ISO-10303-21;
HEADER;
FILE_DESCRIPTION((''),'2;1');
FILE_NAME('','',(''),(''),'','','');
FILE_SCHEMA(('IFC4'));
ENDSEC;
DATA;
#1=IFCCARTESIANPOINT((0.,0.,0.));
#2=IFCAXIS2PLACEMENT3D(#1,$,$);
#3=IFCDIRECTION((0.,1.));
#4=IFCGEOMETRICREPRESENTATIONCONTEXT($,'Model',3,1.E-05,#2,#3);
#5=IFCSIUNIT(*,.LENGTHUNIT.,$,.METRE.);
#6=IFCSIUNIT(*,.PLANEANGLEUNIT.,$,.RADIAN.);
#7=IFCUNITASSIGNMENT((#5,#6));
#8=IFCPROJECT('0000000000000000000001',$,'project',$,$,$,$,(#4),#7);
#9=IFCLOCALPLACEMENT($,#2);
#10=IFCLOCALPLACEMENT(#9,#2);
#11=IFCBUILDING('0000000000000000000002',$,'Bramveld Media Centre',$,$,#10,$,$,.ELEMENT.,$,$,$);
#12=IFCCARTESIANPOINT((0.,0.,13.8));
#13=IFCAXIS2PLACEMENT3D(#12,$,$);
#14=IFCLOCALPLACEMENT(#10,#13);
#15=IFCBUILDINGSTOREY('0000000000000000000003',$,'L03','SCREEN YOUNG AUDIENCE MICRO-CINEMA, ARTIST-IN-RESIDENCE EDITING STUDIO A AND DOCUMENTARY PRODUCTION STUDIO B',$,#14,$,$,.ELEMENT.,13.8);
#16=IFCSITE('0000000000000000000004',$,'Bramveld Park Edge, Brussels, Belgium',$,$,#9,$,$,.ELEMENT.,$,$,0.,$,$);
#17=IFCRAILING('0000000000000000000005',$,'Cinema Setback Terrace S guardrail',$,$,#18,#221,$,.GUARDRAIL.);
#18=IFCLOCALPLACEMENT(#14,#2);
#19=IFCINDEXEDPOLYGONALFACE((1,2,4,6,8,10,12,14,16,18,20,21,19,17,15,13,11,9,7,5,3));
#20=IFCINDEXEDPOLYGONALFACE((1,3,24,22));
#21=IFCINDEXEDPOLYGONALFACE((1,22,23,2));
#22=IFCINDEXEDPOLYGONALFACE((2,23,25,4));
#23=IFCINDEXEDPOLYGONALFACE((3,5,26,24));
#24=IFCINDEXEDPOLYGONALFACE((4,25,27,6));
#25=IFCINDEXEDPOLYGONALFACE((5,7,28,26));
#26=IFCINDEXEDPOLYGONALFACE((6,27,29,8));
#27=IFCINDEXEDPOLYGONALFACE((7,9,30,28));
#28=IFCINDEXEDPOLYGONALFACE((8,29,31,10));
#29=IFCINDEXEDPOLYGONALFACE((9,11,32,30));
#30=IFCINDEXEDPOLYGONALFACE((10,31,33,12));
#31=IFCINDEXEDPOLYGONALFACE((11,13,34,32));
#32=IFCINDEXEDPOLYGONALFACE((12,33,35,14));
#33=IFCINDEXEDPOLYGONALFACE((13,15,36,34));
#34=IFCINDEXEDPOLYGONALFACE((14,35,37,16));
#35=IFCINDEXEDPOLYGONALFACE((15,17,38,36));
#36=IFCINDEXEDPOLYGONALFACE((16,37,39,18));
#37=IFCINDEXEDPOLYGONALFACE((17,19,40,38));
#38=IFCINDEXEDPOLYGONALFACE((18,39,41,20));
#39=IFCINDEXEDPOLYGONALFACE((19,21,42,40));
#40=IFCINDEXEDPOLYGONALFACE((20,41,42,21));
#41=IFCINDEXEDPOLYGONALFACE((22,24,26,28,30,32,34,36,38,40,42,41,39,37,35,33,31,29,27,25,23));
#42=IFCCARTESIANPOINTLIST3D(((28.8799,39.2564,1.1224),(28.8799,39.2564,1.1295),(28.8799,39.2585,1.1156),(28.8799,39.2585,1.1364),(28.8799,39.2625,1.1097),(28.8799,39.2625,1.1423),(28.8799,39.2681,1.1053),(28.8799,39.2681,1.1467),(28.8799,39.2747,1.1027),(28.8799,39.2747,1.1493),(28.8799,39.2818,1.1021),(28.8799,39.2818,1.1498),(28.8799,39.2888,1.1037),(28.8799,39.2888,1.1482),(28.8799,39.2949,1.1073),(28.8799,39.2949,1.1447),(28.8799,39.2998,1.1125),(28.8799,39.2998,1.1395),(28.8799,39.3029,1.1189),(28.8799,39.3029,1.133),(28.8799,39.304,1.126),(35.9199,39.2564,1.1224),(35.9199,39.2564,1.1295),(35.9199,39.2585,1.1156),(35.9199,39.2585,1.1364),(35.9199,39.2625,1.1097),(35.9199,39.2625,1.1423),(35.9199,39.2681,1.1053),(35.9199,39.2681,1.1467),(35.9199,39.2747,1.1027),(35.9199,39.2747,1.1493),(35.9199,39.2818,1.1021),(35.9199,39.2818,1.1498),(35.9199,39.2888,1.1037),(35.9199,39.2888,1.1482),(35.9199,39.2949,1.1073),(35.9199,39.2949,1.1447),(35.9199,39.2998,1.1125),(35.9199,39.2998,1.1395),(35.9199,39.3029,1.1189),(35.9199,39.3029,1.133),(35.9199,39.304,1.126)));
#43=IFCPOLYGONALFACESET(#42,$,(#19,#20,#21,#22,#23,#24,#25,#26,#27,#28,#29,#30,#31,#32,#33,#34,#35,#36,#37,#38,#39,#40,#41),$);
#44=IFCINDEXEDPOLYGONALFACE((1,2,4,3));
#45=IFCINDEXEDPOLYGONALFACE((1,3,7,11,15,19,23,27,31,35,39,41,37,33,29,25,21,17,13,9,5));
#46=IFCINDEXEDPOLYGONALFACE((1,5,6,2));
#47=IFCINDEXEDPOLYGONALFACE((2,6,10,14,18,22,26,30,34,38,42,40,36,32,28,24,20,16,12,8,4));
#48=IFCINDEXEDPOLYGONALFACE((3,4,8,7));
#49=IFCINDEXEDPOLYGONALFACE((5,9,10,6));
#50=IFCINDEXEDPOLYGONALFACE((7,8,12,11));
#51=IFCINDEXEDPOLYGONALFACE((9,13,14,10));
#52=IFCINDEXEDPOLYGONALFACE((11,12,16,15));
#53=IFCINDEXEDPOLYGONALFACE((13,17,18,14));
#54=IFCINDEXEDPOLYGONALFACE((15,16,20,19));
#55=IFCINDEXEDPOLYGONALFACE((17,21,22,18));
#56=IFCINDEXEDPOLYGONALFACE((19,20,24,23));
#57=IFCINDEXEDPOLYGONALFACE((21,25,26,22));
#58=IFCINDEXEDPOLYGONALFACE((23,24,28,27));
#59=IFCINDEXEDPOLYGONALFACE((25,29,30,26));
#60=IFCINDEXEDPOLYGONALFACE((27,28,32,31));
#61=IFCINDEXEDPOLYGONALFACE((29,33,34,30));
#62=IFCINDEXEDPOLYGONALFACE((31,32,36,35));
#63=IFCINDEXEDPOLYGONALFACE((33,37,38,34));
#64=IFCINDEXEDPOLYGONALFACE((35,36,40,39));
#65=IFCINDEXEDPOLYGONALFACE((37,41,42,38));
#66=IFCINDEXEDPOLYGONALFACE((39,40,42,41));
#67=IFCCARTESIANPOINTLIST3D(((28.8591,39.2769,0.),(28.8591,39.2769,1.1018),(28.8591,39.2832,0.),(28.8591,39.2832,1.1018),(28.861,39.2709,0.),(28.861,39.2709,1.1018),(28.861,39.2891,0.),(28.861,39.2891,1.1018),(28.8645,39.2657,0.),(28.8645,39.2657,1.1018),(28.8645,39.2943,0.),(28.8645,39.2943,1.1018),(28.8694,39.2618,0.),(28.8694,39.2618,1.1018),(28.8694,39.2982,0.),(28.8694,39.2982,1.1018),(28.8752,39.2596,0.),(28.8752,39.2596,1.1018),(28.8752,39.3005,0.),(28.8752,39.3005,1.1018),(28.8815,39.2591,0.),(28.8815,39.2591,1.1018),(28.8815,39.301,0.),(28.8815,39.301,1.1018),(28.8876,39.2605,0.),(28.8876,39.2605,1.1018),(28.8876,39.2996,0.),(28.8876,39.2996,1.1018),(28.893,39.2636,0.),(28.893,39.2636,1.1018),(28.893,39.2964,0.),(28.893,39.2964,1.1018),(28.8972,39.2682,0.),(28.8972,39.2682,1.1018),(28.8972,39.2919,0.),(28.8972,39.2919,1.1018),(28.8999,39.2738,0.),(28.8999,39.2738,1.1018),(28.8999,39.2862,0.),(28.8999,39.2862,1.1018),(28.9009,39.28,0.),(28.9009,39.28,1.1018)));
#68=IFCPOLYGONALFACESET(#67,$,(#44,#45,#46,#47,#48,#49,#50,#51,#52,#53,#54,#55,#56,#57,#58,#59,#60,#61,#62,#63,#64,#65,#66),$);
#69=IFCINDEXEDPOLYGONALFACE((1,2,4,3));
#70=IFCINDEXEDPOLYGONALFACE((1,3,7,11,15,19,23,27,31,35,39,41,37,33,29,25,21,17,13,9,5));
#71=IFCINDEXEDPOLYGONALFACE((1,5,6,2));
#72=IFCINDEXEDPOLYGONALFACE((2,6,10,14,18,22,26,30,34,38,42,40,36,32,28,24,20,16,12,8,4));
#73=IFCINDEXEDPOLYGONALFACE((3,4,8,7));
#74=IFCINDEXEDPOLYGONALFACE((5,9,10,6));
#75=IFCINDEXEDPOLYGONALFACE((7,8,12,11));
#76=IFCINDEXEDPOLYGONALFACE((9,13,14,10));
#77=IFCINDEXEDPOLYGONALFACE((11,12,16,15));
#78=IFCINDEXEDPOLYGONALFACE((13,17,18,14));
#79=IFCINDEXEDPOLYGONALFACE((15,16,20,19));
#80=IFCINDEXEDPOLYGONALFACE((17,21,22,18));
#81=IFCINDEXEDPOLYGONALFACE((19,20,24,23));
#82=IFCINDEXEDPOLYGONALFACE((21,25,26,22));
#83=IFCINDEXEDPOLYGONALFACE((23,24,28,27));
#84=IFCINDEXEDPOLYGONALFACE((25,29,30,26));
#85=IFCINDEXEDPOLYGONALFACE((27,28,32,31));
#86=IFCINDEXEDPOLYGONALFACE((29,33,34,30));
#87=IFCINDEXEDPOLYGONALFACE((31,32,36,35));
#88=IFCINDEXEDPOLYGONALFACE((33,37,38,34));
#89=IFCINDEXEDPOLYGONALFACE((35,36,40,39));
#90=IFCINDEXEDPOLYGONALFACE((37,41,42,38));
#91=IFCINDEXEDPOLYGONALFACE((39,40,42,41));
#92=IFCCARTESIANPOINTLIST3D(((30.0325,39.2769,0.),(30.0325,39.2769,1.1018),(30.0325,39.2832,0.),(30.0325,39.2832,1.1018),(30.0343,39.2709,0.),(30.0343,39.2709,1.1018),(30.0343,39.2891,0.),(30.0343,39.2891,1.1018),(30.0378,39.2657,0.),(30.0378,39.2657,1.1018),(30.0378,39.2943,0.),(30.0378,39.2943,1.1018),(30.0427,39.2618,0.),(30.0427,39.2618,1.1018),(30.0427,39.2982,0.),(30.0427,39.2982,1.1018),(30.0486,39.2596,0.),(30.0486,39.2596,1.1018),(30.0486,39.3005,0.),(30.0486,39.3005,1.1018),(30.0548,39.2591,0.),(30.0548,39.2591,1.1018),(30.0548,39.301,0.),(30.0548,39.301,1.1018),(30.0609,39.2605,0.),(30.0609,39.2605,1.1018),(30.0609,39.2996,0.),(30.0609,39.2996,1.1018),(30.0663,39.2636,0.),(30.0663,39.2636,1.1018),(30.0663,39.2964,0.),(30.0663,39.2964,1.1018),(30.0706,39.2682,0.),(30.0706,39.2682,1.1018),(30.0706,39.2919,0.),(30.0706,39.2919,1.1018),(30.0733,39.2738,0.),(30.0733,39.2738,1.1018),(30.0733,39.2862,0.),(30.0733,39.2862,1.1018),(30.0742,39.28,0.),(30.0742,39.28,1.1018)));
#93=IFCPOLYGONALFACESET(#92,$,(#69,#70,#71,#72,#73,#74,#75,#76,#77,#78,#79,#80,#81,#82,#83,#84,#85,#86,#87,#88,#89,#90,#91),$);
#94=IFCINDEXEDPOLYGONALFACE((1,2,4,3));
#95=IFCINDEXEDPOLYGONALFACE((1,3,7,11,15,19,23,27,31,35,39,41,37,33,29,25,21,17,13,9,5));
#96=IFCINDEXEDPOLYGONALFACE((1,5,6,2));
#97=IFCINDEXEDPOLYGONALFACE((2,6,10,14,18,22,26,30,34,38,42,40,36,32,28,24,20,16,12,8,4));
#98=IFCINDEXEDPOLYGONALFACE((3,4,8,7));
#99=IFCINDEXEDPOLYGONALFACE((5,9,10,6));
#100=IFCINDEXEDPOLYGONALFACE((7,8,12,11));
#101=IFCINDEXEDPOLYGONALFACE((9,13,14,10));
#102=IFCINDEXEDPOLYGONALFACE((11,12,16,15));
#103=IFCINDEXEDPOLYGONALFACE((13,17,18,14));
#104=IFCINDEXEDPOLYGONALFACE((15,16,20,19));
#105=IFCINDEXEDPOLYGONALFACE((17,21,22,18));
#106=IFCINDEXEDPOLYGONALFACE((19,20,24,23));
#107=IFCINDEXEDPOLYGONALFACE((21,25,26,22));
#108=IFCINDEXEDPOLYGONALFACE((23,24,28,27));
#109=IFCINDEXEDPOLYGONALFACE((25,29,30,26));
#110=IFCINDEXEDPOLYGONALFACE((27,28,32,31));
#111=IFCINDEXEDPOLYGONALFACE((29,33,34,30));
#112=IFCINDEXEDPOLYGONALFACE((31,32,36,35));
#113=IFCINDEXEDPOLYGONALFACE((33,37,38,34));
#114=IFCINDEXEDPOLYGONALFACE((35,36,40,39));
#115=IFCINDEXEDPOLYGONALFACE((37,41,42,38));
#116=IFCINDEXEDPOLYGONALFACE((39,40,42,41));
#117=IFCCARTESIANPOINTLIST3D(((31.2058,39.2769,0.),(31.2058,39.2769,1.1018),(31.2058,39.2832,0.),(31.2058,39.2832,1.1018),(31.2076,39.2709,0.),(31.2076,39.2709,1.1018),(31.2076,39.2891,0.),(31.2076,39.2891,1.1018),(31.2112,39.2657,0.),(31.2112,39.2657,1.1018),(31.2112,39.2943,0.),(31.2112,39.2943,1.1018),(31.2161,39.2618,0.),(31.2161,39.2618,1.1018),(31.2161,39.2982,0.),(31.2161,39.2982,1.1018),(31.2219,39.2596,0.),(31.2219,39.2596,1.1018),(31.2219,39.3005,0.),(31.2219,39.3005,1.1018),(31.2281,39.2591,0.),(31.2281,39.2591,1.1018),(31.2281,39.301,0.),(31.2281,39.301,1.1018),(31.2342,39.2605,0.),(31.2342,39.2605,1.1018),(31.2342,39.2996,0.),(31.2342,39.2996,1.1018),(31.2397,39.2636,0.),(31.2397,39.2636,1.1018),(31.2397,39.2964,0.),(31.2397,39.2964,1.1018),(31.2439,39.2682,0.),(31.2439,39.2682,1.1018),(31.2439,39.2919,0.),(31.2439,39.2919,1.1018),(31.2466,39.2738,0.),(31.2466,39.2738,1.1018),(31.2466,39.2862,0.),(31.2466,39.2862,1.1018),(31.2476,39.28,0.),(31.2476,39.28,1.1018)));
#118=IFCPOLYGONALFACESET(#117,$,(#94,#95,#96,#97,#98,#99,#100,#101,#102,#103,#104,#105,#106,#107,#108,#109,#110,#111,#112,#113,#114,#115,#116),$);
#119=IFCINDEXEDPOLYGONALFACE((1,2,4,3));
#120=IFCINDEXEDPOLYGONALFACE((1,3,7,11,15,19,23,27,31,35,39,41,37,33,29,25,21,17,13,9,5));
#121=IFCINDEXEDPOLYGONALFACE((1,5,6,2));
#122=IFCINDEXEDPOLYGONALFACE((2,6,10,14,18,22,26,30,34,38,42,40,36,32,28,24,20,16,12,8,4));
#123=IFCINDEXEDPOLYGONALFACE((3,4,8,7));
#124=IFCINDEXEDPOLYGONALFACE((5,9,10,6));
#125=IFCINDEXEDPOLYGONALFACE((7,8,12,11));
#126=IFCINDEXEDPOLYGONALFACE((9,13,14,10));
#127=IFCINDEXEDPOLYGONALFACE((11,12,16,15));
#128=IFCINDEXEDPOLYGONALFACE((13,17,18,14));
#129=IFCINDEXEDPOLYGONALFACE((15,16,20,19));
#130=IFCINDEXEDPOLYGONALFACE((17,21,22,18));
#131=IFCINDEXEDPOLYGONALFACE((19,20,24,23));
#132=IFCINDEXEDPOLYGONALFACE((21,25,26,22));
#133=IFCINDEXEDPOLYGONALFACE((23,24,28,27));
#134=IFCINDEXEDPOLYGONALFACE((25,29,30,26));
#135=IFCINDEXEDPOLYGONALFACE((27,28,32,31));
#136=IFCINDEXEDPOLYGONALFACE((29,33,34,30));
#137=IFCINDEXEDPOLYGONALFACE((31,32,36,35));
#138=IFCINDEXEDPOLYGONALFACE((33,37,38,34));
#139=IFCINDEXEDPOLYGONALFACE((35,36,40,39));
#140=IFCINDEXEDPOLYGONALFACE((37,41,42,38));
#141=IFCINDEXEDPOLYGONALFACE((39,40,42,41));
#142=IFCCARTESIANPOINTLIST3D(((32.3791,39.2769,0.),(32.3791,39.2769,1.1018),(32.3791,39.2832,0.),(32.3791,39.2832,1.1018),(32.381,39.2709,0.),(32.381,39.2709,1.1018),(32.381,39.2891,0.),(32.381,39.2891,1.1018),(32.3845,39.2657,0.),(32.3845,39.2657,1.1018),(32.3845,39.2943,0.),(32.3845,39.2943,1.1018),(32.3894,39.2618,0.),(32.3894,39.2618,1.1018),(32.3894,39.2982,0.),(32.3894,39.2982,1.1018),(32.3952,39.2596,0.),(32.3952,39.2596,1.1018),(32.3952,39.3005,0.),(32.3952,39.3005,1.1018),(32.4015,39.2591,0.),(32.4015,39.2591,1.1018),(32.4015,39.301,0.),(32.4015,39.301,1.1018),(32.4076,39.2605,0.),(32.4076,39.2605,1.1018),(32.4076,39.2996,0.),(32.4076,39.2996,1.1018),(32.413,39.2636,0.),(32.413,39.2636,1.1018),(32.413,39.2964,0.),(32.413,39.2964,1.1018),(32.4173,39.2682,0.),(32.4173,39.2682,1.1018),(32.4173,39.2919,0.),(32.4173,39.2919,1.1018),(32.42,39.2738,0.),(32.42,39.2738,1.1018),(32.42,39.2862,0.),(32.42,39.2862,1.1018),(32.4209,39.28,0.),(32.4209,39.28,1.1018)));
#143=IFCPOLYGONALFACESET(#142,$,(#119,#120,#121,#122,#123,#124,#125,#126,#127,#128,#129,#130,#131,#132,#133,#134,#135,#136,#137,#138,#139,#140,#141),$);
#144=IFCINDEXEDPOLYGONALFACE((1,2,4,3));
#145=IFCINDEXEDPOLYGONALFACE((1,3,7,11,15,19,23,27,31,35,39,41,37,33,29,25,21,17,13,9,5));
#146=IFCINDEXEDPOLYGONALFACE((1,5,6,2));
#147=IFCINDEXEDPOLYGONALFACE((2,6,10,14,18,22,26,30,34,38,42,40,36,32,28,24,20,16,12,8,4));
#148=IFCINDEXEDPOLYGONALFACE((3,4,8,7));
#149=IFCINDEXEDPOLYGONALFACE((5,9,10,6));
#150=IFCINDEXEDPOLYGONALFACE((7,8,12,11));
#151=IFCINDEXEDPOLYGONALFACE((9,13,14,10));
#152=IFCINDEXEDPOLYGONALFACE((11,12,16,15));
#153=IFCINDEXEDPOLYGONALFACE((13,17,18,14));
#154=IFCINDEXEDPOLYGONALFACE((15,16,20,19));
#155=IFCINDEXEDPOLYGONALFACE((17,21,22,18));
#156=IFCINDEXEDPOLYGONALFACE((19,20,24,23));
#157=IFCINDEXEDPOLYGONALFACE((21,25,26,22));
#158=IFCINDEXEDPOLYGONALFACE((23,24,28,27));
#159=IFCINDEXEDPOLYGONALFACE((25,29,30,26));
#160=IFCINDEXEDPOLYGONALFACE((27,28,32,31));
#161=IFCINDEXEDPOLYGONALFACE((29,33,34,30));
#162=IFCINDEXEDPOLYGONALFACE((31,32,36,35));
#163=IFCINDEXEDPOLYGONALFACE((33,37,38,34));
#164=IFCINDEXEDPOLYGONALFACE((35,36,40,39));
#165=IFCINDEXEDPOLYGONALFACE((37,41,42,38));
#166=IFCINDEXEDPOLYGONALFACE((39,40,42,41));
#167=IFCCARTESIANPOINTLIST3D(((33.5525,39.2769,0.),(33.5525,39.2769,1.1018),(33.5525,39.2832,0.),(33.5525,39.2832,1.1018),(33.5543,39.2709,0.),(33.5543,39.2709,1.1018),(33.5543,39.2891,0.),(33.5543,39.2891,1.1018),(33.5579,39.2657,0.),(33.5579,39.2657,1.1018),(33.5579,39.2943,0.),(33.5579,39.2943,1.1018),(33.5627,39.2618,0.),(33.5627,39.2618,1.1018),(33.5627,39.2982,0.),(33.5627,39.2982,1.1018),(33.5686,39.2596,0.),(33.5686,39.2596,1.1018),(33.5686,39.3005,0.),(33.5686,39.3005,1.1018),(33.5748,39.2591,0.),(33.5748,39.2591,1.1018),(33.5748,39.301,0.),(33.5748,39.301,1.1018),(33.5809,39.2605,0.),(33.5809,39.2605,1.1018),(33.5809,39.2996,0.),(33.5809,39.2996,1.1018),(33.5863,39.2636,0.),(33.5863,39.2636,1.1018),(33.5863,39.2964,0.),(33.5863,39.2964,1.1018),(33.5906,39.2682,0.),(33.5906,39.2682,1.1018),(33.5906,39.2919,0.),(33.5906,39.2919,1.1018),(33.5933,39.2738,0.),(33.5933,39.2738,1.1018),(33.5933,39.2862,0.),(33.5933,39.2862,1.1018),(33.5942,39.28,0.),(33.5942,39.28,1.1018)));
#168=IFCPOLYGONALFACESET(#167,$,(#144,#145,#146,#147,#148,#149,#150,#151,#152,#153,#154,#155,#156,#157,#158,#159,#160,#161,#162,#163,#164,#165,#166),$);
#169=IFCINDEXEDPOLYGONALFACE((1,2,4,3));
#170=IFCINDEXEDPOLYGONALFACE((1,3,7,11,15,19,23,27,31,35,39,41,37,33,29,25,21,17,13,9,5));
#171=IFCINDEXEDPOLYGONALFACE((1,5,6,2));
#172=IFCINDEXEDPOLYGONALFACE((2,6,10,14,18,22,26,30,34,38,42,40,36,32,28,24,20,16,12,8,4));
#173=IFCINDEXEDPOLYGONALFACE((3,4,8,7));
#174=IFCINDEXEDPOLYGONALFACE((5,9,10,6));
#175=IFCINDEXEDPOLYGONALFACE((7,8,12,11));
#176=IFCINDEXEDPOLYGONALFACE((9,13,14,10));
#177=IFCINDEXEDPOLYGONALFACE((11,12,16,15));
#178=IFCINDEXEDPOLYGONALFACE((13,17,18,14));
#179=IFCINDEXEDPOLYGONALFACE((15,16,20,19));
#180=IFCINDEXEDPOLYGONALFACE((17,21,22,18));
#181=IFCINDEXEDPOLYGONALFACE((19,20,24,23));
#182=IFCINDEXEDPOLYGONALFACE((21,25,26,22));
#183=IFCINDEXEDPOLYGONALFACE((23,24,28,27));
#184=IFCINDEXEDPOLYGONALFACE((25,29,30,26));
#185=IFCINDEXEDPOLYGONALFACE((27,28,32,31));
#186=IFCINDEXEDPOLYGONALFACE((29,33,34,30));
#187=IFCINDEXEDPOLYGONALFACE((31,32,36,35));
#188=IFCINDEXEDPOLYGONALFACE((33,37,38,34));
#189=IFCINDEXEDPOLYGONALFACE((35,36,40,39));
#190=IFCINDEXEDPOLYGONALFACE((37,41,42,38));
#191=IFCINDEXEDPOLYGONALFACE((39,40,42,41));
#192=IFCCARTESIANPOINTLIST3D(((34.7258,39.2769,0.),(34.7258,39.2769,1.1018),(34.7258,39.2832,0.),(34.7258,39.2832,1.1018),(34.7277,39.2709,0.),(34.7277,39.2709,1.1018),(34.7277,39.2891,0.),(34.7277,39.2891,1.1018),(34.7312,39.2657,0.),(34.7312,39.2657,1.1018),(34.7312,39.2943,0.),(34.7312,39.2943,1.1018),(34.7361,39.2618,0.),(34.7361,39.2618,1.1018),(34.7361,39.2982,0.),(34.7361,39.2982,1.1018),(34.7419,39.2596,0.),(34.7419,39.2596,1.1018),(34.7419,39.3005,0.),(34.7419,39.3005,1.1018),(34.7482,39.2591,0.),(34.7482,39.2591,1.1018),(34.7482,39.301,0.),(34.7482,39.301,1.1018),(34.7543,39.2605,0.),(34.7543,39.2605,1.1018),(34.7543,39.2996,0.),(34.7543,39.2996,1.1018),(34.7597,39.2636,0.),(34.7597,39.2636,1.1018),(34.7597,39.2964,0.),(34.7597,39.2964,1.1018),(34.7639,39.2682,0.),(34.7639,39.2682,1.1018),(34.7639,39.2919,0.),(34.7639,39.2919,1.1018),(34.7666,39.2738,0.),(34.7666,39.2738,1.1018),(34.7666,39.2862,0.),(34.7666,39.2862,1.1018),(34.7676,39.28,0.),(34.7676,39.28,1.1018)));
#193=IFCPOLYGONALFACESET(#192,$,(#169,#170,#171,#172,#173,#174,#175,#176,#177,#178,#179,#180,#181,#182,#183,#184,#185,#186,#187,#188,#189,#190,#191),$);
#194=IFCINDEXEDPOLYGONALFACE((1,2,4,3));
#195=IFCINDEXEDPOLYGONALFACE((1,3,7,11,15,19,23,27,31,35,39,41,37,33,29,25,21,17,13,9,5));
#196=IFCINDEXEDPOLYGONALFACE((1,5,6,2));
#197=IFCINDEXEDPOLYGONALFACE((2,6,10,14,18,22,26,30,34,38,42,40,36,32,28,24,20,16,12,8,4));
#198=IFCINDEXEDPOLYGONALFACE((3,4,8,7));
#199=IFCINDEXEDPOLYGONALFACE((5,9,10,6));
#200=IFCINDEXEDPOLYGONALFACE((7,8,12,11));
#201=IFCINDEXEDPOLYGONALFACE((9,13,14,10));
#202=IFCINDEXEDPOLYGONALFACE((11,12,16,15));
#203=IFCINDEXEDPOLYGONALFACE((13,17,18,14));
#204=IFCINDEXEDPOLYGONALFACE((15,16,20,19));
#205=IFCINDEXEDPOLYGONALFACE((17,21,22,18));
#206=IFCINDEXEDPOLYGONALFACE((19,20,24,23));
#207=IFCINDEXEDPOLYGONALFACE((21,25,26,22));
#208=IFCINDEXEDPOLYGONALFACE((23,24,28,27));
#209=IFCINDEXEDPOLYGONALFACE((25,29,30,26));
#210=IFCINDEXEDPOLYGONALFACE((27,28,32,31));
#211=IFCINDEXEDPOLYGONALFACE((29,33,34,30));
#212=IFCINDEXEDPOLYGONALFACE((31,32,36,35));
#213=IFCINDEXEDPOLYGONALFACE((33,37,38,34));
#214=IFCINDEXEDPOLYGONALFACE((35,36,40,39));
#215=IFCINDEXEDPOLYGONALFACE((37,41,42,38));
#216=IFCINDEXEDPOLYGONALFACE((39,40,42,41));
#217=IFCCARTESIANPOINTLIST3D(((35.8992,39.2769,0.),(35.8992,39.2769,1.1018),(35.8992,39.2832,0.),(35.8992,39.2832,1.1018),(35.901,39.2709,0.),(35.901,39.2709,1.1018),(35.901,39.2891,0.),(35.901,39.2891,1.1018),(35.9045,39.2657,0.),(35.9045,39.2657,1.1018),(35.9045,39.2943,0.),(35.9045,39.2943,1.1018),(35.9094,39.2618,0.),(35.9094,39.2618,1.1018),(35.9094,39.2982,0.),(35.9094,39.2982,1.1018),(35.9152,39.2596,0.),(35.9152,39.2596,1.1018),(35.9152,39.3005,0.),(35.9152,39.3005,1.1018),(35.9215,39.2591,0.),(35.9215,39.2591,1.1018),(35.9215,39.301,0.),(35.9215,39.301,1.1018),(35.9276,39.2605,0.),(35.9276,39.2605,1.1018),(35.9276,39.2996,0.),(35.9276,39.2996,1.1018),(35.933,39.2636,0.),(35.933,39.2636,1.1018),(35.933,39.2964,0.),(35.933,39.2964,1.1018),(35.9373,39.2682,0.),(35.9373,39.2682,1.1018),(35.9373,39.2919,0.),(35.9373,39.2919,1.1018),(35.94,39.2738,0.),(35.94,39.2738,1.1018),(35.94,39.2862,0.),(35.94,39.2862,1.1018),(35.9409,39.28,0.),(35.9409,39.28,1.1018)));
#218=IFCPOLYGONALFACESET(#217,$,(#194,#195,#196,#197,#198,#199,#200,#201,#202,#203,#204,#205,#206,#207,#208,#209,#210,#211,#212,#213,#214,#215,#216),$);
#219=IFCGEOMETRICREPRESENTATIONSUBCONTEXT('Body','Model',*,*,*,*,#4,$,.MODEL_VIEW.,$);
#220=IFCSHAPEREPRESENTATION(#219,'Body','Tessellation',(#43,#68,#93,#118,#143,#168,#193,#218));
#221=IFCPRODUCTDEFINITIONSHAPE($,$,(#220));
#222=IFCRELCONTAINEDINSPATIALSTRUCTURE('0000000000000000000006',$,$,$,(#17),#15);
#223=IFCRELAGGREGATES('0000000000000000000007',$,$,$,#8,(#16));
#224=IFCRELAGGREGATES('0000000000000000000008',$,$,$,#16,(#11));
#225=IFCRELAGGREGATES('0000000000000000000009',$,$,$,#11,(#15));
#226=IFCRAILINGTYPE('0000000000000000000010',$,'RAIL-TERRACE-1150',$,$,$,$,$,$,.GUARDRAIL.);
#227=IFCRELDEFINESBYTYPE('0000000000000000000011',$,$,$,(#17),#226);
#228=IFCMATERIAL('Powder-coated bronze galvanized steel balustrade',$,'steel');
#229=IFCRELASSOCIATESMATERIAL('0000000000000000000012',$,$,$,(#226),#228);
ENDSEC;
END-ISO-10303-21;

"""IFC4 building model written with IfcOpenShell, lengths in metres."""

from ifc_helpers import new_model, si_unit, direction, frame, origin, origin_2d, place, context, subcontext, project, spatial, circle, extrude, material, type_object, element, save


model = new_model("IFC4")

# Units and contexts
model_context = context("Model", 3, precision=1e-05, world=origin(), true_north=direction((0.0, 1.0)))
body_context = subcontext(model_context, "Body", "Model", "MODEL_VIEW")
ifc_project = project(units=[si_unit("LENGTHUNIT", "METRE"), si_unit("PLANEANGLEUNIT", "RADIAN")], contexts=[model_context])

# Site, building, storey
site_placement = place(None, origin())
site = spatial("IfcSite", under=ifc_project, at=site_placement, Name="Bramveld Park Edge, Brussels, Belgium", CompositionType="ELEMENT", RefElevation=0.0)
building_placement = place(site_placement, origin())
building = spatial("IfcBuilding", under=site, at=building_placement, Name="Bramveld Media Centre", CompositionType="ELEMENT")
storey_placement = place(building_placement, frame((0.0, 0.0, 13.8)))
storey = spatial("IfcBuildingStorey", under=building, at=storey_placement, Name="L03", Description="SCREEN YOUNG AUDIENCE MICRO-CINEMA, ARTIST-IN-RESIDENCE EDITING STUDIO A AND DOCUMENTARY PRODUCTION STUDIO B", CompositionType="ELEMENT", Elevation=13.8)

# Railing
ifc_material_1 = material(Name="Powder-coated bronze galvanized steel balustrade", Category="steel")
railing_type = type_object("IfcRailingType", Name="RAIL-TERRACE-1150", PredefinedType="GUARDRAIL", material=ifc_material_1)
railing_1_placement = place(storey_placement, frame((28.8799, 39.28, 0.0)))
element("IfcRailing", 1, at=railing_1_placement, inside=storey, type_object=railing_type, Name="Cinema Setback Terrace S guardrail", PredefinedType="GUARDRAIL", context=body_context, shape_type="SweptSolid", body=[
    extrude(circle(Radius=0.0239, at=origin_2d()), frame((0.0, 0.0, 1.126), z_axis=(1.0, 0.0, 0.0), x_axis=(0.0, 1.0, 0.0)), (0.0, 0.0, 1.0), 7.04),
    extrude(circle(Radius=0.021, at=origin_2d()), origin(), (0.0, 0.0, 1.0), 1.1018),
    extrude(circle(Radius=0.021, at=origin_2d()), frame((1.1733, 0.0, 0.0)), (0.0, 0.0, 1.0), 1.1018),
    extrude(circle(Radius=0.021, at=origin_2d()), frame((2.3467, 0.0, 0.0)), (0.0, 0.0, 1.0), 1.1018),
    extrude(circle(Radius=0.021, at=origin_2d()), frame((3.52, 0.0, 0.0)), (0.0, 0.0, 1.0), 1.1018),
    extrude(circle(Radius=0.021, at=origin_2d()), frame((4.6934, 0.0, 0.0)), (0.0, 0.0, 1.0), 1.1018),
    extrude(circle(Radius=0.021, at=origin_2d()), frame((5.8667, 0.0, 0.0)), (0.0, 0.0, 1.0), 1.1018),
    extrude(circle(Radius=0.021, at=origin_2d()), frame((7.04, 0.0, 0.0)), (0.0, 0.0, 1.0), 1.1018),
])

save(model, "model.ifc")
